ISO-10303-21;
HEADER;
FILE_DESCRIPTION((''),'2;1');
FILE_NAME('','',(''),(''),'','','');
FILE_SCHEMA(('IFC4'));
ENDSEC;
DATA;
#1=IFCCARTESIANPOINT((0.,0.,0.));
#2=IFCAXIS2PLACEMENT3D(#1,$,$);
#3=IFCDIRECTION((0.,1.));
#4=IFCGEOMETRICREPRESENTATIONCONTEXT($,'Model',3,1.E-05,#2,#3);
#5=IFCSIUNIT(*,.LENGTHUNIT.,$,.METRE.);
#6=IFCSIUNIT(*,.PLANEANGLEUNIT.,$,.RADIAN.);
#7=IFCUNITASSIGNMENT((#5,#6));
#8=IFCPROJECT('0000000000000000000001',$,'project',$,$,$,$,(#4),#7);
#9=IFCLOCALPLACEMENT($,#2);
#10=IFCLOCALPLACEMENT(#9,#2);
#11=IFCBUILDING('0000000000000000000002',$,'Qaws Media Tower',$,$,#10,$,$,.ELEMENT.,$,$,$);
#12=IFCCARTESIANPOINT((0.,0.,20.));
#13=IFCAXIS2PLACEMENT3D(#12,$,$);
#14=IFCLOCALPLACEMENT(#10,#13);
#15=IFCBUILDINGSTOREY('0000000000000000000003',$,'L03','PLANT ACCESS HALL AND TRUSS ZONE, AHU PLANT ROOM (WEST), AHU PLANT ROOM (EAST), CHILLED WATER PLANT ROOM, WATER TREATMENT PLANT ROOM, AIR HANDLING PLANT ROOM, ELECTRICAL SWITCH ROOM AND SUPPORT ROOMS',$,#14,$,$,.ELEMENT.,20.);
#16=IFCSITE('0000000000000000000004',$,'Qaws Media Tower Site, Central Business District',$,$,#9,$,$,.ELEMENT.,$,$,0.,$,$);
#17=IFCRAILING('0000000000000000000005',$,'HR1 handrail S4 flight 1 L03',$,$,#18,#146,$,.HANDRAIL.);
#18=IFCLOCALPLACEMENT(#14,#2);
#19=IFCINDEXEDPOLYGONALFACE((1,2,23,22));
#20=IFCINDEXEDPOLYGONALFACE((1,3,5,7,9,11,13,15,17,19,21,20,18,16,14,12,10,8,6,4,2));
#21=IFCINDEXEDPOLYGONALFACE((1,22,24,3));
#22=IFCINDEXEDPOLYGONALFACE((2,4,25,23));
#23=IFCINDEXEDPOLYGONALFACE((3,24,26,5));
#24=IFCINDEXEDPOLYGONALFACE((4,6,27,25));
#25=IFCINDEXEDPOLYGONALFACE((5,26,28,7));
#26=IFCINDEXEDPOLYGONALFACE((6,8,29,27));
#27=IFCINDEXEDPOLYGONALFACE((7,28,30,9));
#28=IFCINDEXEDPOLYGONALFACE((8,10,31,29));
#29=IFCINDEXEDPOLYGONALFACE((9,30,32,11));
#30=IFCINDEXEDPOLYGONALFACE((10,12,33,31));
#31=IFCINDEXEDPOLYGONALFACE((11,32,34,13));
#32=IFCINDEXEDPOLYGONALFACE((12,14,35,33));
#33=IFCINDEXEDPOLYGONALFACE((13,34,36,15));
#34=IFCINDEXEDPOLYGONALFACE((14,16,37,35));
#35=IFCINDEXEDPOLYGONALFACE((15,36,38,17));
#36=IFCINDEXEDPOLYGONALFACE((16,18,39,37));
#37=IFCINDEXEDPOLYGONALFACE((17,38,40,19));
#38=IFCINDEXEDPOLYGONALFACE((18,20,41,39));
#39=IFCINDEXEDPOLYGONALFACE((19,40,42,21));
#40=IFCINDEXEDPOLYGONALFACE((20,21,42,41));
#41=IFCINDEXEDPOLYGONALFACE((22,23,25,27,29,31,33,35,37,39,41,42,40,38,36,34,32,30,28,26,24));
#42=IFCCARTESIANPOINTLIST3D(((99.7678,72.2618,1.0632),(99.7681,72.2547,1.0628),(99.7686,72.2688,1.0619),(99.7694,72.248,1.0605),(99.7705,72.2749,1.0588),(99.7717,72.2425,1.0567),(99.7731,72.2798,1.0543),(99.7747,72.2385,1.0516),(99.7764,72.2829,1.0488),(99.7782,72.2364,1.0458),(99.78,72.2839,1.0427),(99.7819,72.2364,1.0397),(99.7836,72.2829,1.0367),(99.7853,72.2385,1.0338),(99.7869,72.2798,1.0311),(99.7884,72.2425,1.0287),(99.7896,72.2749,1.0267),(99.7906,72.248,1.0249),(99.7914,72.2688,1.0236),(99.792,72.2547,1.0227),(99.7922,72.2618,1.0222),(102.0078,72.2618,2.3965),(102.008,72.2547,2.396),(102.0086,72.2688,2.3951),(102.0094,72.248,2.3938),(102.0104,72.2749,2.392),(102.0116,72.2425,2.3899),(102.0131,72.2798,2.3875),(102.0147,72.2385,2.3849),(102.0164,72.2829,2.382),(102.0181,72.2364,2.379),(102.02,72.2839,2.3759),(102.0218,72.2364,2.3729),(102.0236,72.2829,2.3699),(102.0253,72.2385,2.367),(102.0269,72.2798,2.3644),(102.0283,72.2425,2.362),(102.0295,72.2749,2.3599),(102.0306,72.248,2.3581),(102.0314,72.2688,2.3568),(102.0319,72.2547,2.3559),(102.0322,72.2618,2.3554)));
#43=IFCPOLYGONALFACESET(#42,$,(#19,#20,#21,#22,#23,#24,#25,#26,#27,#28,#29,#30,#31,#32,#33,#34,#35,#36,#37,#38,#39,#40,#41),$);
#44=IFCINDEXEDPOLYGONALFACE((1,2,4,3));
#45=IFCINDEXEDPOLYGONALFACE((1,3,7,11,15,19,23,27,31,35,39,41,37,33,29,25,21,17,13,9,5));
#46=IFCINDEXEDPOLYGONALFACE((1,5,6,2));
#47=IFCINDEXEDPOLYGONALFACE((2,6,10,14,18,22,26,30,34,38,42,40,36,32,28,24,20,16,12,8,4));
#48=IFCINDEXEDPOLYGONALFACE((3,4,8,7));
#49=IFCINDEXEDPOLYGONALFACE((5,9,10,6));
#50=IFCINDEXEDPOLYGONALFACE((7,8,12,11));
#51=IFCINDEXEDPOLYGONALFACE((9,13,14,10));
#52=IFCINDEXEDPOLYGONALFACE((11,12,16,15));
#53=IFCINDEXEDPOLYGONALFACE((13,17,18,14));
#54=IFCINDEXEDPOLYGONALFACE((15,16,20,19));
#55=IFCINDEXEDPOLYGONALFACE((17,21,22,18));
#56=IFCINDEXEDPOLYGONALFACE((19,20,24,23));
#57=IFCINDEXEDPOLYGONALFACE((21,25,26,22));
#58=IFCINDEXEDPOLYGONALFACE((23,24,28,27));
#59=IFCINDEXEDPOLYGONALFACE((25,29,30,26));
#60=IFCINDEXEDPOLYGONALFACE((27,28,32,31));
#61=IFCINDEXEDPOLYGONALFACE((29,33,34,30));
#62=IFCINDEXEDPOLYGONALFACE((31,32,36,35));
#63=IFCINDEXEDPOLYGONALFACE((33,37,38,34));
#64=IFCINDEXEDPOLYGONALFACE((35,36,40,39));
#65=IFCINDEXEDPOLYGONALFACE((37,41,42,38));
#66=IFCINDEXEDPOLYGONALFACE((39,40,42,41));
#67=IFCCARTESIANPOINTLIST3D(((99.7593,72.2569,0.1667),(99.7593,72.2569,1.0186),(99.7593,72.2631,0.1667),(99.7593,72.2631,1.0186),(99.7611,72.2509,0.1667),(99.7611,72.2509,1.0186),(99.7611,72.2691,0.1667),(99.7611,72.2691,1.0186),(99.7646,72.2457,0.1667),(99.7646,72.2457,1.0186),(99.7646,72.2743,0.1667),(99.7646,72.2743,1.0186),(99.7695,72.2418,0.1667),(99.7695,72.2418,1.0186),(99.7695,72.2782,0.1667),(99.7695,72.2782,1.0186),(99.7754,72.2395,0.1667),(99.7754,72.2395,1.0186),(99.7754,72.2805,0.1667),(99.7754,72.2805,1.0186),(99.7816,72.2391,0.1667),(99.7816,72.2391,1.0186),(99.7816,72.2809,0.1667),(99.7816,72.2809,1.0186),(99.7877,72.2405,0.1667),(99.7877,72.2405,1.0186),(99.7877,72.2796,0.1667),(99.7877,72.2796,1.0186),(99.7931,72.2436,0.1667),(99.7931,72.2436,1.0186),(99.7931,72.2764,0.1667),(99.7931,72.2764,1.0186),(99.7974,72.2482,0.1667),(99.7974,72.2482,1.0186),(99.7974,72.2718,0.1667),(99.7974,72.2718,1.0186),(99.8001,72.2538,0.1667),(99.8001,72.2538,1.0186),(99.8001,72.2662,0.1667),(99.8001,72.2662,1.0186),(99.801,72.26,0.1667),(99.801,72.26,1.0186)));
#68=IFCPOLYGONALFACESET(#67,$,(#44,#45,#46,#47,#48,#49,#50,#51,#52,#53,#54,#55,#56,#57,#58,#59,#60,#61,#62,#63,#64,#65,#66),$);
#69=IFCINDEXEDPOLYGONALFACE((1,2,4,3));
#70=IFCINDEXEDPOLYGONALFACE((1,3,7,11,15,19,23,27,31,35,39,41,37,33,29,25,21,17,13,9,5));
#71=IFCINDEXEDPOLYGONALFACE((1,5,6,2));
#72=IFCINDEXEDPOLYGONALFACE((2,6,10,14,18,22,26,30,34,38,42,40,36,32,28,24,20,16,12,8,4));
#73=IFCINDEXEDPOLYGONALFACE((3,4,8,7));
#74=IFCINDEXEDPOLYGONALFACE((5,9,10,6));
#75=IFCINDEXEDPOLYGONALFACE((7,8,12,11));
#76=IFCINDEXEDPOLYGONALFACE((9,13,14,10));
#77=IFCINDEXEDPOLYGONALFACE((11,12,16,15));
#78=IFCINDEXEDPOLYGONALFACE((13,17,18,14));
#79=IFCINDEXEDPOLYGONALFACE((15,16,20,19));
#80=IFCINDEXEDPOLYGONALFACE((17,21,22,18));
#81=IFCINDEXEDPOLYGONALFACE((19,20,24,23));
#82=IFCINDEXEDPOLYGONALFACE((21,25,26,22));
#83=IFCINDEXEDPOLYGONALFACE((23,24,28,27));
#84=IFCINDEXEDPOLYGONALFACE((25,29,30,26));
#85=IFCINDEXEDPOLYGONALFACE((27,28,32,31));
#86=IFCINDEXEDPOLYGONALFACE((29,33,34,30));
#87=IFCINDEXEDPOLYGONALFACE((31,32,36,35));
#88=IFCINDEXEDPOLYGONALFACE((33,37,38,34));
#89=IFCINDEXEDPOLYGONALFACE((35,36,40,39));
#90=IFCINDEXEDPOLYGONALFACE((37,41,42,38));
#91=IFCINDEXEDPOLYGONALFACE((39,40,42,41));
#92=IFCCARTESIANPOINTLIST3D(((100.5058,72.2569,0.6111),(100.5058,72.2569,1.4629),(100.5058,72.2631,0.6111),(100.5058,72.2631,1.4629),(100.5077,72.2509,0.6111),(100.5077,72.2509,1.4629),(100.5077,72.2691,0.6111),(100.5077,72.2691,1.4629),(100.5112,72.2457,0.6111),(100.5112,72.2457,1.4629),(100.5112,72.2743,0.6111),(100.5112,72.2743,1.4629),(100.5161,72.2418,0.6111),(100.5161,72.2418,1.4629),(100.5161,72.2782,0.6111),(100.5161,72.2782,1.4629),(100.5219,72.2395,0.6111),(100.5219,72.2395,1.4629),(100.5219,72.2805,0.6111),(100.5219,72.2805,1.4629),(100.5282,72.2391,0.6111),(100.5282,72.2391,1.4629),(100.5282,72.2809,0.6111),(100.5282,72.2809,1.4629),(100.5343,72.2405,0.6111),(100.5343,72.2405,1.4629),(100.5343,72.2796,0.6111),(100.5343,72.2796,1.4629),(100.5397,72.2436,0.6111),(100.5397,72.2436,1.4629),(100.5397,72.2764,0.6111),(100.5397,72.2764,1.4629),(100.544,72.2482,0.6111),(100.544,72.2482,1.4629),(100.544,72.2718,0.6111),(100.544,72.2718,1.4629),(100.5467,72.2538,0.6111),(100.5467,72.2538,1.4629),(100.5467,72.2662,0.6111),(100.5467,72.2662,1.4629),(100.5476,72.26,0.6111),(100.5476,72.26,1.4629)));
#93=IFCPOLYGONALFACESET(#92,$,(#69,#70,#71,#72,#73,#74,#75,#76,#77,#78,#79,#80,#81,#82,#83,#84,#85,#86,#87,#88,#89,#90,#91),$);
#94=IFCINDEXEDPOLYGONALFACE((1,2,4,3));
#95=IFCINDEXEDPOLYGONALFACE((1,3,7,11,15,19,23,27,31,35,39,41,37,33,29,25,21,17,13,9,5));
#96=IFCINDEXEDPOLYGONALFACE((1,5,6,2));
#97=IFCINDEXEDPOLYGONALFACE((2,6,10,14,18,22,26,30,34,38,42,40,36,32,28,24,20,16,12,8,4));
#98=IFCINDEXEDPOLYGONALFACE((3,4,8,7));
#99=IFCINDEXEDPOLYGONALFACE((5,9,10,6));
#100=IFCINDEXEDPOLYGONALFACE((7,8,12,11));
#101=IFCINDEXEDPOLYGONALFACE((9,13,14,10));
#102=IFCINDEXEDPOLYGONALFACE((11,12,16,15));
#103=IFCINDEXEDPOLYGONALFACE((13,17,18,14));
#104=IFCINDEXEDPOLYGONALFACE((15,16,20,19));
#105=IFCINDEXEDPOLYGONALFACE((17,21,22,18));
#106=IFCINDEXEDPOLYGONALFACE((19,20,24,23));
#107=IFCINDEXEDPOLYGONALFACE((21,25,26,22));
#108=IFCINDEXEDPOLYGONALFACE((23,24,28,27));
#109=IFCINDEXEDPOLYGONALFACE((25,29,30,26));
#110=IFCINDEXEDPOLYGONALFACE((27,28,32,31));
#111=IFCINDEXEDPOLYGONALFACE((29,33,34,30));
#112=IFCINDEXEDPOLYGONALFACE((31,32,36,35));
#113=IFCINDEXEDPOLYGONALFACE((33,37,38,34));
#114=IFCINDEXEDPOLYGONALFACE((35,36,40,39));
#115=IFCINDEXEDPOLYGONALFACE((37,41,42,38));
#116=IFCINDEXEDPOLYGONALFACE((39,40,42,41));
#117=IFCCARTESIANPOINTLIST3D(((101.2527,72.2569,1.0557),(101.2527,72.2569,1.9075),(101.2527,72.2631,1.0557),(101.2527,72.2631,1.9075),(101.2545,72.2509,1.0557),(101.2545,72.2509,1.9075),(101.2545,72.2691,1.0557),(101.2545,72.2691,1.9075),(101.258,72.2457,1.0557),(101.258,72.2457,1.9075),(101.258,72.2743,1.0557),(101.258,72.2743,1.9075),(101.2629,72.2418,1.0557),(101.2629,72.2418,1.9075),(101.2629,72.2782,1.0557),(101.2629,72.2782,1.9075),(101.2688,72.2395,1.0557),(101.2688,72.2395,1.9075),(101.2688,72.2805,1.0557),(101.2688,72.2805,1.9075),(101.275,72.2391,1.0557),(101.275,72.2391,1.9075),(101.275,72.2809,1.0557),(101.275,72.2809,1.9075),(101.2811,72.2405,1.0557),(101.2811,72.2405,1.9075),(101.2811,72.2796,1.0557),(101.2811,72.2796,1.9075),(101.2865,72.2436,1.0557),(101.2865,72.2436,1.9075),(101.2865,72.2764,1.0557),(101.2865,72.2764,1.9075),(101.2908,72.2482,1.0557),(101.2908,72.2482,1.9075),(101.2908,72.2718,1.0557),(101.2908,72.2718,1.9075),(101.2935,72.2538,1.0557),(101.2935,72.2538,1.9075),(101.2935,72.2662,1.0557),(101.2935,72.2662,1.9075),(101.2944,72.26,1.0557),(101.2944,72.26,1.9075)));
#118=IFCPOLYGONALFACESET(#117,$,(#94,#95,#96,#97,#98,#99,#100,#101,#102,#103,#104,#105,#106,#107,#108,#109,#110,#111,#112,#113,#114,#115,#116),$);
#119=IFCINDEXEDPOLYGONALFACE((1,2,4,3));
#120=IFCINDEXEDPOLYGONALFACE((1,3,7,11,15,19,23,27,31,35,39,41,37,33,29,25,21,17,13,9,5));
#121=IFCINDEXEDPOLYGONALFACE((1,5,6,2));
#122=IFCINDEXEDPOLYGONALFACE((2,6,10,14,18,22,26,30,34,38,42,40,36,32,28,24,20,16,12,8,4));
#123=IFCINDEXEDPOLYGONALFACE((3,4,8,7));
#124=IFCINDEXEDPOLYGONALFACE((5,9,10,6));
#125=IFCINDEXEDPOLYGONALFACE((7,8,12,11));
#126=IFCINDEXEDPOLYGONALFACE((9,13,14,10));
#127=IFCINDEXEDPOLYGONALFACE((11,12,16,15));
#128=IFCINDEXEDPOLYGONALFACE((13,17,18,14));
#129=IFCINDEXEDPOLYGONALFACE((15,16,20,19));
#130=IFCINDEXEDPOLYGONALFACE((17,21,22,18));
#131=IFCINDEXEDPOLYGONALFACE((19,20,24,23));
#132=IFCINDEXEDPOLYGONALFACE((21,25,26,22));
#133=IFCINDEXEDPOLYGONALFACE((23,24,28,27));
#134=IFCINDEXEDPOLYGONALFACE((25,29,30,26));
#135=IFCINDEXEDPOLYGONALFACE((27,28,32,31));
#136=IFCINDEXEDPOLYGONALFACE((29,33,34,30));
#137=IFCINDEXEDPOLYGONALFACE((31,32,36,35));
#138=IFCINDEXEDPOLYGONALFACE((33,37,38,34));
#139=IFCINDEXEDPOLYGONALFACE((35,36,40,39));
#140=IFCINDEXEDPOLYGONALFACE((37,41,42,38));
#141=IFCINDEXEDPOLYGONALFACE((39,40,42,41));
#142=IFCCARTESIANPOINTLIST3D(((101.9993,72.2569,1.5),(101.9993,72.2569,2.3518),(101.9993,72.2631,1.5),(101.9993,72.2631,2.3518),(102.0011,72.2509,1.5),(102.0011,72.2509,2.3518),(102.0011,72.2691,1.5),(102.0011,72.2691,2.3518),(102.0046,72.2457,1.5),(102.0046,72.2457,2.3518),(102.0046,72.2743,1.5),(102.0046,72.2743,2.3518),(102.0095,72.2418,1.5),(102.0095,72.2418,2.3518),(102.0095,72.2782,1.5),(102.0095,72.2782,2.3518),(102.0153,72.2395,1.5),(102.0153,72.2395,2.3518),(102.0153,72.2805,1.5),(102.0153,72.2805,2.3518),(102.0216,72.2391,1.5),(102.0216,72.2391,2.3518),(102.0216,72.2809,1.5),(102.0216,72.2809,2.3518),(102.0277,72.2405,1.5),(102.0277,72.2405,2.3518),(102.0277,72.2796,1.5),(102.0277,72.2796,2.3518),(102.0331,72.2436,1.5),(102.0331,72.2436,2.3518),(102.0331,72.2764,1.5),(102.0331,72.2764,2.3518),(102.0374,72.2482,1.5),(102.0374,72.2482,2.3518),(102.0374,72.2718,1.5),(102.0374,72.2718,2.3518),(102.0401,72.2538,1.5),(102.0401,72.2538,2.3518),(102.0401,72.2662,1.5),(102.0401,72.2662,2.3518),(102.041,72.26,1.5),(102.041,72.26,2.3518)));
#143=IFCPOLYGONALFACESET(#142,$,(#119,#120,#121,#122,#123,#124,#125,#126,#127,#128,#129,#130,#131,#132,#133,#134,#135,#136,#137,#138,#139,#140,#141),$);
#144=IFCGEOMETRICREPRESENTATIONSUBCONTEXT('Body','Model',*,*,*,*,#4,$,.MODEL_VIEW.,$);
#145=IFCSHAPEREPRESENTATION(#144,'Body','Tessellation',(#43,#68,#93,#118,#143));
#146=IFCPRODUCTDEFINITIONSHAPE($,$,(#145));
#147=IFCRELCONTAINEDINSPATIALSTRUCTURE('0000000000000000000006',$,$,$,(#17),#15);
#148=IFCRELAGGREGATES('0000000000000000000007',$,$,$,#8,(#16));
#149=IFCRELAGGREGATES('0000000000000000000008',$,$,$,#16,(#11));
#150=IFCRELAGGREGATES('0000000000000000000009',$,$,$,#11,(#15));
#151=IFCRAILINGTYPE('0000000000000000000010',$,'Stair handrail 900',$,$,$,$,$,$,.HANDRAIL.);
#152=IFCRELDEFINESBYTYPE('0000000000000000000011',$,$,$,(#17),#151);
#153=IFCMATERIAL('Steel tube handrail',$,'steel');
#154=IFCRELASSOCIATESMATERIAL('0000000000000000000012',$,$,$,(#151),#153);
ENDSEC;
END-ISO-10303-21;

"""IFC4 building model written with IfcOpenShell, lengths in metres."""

from ifc_helpers import new_model, si_unit, direction, frame, origin, origin_2d, place, context, subcontext, project, spatial, circle, extrude, material, type_object, element, save


model = new_model("IFC4")

# Units and contexts
model_context = context("Model", 3, precision=1e-05, world=origin(), true_north=direction((0.0, 1.0)))
body_context = subcontext(model_context, "Body", "Model", "MODEL_VIEW")
ifc_project = project(units=[si_unit("LENGTHUNIT", "METRE"), si_unit("PLANEANGLEUNIT", "RADIAN")], contexts=[model_context])

# Site, building, storey
site_placement = place(None, origin())
site = spatial("IfcSite", under=ifc_project, at=site_placement, Name="Qaws Media Tower Site, Central Business District", CompositionType="ELEMENT", RefElevation=0.0)
building_placement = place(site_placement, origin())
building = spatial("IfcBuilding", under=site, at=building_placement, Name="Qaws Media Tower", CompositionType="ELEMENT")
storey_placement = place(building_placement, frame((0.0, 0.0, 20.0)))
storey = spatial("IfcBuildingStorey", under=building, at=storey_placement, Name="L03", Description="PLANT ACCESS HALL AND TRUSS ZONE, AHU PLANT ROOM (WEST), AHU PLANT ROOM (EAST), CHILLED WATER PLANT ROOM, WATER TREATMENT PLANT ROOM, AIR HANDLING PLANT ROOM, ELECTRICAL SWITCH ROOM AND SUPPORT ROOMS", CompositionType="ELEMENT", Elevation=20.0)

# Railing
ifc_material_1 = material(Name="Steel tube handrail", Category="steel")
railing_type_1 = type_object("IfcRailingType", Name="Stair handrail 900", PredefinedType="HANDRAIL", material=ifc_material_1)
for number, where, name in (
    (1, (99.78, 72.26, 0.1667), "HR1 handrail S4 flight 1 L03"),
):
    element("IfcRailing", number, at=place(storey_placement, frame(where)), inside=storey, type_object=railing_type_1, Name=name, PredefinedType="HANDRAIL", context=body_context, shape_type="SweptSolid", body=[
        extrude(circle(Radius=0.0239, at=origin_2d()), frame((0.0, 0.0, 0.876), z_axis=(0.859306, 0.0, 0.511462), x_axis=(0.0, 1.0, 0.0)), (0.0, 0.0, 1.0), 2.6067),
        extrude(circle(Radius=0.021, at=origin_2d()), origin(), (0.0, 0.0, 1.0), 0.8518),
        extrude(circle(Radius=0.021, at=origin_2d()), frame((0.7466, 0.0, 0.4443)), (0.0, 0.0, 1.0), 0.8518),
        extrude(circle(Radius=0.021, at=origin_2d()), frame((1.4934, 0.0, 0.8889)), (0.0, 0.0, 1.0), 0.8518),
        extrude(circle(Radius=0.021, at=origin_2d()), frame((2.24, 0.0, 1.3333)), (0.0, 0.0, 1.0), 0.8518),
    ])

save(model, "model.ifc")
